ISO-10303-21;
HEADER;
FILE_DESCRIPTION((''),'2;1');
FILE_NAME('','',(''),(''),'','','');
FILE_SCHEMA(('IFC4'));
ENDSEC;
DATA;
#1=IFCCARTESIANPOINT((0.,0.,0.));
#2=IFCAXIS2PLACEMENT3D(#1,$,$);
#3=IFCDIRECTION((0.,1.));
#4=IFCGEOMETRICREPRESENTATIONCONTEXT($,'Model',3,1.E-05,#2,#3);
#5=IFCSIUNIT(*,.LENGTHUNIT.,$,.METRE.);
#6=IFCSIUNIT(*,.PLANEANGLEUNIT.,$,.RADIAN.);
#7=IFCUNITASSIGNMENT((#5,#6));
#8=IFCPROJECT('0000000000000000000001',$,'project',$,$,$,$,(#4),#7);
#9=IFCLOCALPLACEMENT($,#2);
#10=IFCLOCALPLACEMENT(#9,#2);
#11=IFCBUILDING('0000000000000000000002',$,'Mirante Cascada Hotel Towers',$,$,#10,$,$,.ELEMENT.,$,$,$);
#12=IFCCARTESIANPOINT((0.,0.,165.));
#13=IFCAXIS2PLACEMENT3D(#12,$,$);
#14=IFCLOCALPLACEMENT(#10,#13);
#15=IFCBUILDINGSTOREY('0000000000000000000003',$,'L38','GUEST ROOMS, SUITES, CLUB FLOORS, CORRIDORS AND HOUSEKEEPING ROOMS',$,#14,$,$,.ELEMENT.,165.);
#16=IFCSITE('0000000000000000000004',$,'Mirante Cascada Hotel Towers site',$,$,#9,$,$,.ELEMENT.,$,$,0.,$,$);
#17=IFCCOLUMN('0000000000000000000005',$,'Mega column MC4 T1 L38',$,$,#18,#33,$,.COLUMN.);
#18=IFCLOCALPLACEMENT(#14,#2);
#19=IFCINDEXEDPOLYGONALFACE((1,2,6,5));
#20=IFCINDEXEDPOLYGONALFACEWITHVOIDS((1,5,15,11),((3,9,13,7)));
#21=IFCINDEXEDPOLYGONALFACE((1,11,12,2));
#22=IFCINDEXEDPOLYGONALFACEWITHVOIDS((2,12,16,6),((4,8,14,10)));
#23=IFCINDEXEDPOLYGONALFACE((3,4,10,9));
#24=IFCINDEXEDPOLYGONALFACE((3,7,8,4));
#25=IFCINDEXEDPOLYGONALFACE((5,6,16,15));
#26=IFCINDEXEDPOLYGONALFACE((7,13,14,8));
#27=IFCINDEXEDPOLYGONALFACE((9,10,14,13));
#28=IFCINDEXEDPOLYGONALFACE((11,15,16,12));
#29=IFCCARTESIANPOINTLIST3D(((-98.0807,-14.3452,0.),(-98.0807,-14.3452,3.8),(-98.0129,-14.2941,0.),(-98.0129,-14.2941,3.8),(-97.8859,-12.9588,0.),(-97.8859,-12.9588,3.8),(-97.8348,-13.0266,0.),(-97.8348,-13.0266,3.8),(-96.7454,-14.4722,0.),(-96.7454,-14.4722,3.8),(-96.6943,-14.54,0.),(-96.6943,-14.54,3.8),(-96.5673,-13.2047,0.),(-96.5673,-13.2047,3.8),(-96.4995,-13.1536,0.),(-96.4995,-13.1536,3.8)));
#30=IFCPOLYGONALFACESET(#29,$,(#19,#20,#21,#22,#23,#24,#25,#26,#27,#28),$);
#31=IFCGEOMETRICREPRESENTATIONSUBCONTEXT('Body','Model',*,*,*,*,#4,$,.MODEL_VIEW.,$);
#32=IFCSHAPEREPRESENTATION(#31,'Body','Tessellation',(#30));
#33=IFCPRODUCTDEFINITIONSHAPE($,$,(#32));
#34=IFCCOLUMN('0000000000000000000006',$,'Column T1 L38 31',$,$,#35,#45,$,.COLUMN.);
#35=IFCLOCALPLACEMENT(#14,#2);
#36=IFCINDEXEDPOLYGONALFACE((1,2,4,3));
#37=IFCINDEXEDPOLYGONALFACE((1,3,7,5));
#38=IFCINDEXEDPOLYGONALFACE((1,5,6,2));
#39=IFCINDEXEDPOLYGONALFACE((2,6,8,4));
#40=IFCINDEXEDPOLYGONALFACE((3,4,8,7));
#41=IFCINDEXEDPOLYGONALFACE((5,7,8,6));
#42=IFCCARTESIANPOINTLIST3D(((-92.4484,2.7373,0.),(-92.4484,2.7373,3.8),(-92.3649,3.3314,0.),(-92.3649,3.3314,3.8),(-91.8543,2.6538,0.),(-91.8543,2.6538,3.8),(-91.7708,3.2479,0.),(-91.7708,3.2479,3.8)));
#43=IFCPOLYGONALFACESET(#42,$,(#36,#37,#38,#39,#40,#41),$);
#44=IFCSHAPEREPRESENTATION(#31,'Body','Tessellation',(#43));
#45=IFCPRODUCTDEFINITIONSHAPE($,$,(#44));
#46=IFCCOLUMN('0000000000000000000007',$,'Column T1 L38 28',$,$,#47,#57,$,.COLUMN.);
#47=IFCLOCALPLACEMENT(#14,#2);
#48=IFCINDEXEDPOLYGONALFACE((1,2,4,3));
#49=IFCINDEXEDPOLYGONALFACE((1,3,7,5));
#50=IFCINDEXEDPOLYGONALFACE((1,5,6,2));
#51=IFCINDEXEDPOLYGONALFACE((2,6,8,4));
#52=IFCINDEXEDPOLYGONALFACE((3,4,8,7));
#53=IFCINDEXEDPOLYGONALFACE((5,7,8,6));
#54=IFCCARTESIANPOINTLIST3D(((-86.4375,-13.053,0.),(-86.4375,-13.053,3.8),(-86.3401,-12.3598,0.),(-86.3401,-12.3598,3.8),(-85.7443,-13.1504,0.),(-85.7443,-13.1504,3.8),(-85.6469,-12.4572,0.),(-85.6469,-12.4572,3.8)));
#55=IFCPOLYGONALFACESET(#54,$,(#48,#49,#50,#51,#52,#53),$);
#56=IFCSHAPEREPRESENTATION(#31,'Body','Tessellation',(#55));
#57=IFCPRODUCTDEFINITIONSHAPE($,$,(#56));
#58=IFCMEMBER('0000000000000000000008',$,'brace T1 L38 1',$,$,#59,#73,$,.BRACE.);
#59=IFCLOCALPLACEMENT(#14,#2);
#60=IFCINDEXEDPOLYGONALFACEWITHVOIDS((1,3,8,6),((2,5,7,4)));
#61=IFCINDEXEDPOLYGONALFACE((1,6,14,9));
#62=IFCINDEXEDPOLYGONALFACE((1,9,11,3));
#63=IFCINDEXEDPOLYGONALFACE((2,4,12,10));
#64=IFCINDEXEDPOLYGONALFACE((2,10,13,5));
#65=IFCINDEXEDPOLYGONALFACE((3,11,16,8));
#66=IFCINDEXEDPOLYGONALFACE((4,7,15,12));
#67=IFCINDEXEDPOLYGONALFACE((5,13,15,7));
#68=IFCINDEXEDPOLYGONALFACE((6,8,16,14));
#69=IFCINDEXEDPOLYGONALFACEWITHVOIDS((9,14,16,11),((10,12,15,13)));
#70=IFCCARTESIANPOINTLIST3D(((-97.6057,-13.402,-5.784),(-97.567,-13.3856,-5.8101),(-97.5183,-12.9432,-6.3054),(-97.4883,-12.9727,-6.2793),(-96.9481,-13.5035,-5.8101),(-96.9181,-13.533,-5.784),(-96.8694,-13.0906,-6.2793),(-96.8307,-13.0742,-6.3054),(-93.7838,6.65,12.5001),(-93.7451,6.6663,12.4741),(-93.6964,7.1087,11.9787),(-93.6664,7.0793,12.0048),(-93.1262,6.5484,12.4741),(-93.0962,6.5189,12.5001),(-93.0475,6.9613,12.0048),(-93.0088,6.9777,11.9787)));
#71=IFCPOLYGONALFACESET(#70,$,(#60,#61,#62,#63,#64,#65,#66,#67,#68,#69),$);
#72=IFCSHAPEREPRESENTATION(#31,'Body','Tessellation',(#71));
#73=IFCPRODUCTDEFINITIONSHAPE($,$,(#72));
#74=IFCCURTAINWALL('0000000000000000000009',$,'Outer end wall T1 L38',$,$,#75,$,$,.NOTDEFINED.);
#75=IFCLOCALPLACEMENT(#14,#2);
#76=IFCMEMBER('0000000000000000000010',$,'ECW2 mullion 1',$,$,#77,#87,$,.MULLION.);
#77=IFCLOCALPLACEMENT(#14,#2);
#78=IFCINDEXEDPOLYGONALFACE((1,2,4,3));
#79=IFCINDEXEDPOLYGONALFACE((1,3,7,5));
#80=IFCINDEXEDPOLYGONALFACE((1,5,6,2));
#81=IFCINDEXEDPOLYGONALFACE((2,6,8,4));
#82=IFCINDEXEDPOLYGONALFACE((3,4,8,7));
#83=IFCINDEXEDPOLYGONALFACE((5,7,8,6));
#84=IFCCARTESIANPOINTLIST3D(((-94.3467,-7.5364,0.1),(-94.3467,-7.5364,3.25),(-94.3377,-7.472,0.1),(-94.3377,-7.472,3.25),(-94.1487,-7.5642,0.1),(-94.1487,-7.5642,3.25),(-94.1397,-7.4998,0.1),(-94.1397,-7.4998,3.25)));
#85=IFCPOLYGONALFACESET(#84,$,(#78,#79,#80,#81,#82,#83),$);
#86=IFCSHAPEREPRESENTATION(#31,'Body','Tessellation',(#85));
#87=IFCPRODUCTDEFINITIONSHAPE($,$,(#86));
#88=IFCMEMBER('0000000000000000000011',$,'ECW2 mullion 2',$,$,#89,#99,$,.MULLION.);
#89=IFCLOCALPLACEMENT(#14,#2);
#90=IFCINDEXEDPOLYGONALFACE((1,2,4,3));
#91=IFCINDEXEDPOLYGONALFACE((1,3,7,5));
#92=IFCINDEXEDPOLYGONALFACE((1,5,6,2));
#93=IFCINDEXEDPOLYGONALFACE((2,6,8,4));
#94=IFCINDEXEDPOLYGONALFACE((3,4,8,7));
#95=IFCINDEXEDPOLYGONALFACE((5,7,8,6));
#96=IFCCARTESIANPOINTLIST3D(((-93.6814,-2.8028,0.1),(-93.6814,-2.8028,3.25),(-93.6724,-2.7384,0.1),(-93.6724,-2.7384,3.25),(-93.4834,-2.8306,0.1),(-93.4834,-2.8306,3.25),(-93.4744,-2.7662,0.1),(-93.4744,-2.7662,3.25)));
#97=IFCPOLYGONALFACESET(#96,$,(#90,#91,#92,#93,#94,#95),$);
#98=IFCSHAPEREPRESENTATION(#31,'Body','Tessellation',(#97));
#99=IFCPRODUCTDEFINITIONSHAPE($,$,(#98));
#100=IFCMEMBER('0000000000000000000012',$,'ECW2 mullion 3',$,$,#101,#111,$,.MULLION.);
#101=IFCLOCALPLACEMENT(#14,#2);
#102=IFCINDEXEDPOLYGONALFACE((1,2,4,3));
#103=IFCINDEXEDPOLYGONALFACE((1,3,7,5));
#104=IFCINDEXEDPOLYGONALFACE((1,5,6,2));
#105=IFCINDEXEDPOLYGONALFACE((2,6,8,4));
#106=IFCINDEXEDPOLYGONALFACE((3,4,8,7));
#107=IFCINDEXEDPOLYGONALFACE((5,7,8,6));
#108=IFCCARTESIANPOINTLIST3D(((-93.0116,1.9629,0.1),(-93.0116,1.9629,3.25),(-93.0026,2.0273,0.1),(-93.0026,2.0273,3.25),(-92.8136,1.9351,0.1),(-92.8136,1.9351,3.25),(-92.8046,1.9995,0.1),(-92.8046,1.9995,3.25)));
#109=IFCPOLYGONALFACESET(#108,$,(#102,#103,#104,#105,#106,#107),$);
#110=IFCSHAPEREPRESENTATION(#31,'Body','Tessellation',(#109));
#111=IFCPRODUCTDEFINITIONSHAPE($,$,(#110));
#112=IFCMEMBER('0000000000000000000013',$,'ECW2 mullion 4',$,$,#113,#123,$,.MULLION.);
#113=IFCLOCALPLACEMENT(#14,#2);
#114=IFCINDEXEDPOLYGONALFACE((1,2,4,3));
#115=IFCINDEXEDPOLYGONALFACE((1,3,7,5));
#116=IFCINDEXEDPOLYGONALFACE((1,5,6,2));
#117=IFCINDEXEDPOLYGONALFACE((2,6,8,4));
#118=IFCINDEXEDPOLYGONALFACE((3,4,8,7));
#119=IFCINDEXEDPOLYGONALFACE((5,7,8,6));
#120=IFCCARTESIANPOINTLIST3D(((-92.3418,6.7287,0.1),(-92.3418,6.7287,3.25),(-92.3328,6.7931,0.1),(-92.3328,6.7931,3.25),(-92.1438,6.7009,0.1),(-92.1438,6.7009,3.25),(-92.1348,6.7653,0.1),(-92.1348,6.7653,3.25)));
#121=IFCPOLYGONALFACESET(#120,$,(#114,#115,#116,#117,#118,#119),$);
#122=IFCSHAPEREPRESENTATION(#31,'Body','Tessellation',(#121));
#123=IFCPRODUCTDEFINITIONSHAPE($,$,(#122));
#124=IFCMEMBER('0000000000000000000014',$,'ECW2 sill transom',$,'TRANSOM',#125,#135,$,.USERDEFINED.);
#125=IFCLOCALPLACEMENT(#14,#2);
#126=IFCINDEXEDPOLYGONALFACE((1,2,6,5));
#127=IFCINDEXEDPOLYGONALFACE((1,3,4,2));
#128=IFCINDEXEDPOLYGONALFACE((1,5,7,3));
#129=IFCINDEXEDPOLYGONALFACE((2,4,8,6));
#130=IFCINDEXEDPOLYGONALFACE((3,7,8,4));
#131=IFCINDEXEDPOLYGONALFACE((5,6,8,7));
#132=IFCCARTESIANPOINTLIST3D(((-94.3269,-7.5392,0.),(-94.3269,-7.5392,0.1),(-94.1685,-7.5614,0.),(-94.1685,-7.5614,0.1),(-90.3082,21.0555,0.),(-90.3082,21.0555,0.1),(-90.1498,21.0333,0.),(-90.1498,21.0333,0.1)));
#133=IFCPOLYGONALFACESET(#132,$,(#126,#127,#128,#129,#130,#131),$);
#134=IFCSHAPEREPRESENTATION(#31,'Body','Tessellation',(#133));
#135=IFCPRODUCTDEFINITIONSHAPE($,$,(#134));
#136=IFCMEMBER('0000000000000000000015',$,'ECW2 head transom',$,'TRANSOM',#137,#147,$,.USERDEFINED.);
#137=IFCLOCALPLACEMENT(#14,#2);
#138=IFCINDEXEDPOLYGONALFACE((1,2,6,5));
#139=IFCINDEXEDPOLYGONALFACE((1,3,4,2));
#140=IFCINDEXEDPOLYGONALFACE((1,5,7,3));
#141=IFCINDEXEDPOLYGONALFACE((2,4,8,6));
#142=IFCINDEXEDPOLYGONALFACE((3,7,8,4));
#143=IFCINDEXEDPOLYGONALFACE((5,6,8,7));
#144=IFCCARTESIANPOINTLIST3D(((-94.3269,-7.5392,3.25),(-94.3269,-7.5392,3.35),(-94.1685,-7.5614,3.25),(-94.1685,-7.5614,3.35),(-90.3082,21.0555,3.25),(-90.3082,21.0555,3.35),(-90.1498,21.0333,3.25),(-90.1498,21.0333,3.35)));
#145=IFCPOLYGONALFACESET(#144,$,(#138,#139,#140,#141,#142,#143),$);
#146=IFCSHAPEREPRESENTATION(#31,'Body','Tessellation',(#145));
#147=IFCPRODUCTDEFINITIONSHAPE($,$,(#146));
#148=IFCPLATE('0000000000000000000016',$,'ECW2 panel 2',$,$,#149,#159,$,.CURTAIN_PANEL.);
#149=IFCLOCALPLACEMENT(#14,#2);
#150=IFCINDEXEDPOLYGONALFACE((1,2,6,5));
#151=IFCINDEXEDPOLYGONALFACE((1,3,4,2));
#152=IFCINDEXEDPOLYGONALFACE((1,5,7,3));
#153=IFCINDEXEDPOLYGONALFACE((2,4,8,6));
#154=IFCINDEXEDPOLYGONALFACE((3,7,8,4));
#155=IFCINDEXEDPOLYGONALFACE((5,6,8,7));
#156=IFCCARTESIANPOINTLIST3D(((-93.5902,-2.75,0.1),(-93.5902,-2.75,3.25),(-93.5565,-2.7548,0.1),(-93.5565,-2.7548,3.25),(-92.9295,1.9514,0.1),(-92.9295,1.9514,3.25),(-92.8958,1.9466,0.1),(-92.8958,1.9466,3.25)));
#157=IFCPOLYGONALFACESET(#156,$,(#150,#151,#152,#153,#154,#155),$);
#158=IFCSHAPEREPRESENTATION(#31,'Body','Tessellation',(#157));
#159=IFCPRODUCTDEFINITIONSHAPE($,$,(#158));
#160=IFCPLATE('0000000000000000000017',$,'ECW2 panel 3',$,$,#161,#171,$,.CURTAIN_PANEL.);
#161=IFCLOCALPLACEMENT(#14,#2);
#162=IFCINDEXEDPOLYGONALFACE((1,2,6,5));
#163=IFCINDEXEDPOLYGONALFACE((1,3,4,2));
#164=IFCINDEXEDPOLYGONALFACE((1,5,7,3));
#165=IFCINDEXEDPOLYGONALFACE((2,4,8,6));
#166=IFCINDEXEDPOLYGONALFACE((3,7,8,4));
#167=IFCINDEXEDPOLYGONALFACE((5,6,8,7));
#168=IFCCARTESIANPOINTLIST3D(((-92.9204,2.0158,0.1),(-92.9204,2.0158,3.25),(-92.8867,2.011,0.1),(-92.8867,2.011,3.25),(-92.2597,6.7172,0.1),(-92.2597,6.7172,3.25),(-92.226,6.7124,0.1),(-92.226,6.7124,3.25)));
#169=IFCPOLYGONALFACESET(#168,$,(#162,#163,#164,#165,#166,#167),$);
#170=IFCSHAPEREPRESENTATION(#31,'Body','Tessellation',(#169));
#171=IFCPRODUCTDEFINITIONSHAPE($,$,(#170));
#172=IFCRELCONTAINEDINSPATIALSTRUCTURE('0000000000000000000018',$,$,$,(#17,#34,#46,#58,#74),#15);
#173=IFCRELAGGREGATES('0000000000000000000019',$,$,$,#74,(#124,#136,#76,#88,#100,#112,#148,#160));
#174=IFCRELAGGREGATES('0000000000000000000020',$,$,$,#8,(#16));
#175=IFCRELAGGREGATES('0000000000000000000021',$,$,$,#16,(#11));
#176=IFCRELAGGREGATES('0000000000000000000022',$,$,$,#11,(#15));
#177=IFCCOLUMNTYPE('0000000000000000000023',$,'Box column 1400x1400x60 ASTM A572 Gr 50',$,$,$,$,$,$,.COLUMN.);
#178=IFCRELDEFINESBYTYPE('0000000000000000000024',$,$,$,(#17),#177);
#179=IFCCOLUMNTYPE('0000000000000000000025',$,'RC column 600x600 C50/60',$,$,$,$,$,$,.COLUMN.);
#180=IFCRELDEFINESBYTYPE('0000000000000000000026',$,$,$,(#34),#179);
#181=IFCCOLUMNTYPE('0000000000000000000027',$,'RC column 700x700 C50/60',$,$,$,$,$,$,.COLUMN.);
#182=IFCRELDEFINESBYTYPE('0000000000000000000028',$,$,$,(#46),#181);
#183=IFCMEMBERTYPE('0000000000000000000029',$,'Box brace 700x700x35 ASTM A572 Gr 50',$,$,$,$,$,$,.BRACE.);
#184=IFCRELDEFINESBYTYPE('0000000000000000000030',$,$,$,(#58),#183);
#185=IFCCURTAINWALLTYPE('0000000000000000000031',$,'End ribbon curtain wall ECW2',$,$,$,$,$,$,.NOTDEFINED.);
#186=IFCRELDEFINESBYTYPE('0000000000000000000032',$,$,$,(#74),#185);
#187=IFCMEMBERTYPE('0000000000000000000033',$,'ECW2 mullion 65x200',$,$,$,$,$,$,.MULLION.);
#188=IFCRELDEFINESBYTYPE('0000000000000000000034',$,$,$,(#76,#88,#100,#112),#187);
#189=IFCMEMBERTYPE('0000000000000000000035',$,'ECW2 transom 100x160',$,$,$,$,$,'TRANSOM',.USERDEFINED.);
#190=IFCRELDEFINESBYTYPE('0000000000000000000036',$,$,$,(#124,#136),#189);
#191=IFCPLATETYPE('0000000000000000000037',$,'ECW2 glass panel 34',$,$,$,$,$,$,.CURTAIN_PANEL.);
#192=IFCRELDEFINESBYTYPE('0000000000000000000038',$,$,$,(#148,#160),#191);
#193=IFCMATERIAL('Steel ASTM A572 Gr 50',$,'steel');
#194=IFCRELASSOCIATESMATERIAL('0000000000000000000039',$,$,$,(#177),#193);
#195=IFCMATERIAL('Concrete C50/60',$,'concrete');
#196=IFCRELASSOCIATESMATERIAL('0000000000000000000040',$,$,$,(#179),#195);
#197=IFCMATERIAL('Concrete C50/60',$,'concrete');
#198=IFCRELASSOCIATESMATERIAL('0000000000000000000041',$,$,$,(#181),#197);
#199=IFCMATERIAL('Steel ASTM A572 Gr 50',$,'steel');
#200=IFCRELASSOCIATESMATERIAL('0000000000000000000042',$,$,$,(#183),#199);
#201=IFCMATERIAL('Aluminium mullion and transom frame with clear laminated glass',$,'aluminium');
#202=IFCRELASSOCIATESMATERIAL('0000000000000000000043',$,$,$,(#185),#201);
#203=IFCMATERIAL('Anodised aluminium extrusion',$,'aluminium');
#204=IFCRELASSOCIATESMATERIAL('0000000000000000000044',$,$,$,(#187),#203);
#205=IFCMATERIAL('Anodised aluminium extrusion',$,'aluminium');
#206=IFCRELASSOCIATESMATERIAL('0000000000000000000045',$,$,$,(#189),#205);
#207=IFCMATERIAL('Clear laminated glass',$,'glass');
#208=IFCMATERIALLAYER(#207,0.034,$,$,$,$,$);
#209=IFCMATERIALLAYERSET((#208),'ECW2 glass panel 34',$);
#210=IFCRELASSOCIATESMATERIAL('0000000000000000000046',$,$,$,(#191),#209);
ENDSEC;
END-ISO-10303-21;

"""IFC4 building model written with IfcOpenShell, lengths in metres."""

from ifc_helpers import new_model, si_unit, direction, frame, origin, origin_2d, place, context, subcontext, project, spatial, rectangle, hollow_rectangle, extrude, material, layer, layer_set, material_profile, profile_set, type_object, element, aggregate, save


model = new_model("IFC4")

# Units and contexts
model_context = context("Model", 3, precision=1e-05, world=origin(), true_north=direction((0.0, 1.0)))
body_context = subcontext(model_context, "Body", "Model", "MODEL_VIEW")
ifc_project = project(units=[si_unit("LENGTHUNIT", "METRE"), si_unit("PLANEANGLEUNIT", "RADIAN")], contexts=[model_context])

# Site, building, storey
site_placement = place(None, origin())
site = spatial("IfcSite", under=ifc_project, at=site_placement, Name="Mirante Cascada Hotel Towers site", CompositionType="ELEMENT", RefElevation=0.0)
building_placement = place(site_placement, origin())
building = spatial("IfcBuilding", under=site, at=building_placement, Name="Mirante Cascada Hotel Towers", CompositionType="ELEMENT")
storey_placement = place(building_placement, frame((0.0, 0.0, 165.0)))
storey = spatial("IfcBuildingStorey", under=building, at=storey_placement, Name="L38", Description="GUEST ROOMS, SUITES, CLUB FLOORS, CORRIDORS AND HOUSEKEEPING ROOMS", CompositionType="ELEMENT", Elevation=165.0)

# Columns
ifc_material_1 = material(Name="Steel ASTM A572 Gr 50", Category="steel")
ifc_material_profile_1 = material_profile(ifc_material_1, hollow_rectangle(XDim=1.4, YDim=1.4, WallThickness=0.06, at=origin_2d()), Name="Box column 1400x1400x60 ASTM A572 Gr 50")
ifc_profile_set_1 = profile_set([ifc_material_profile_1], Name="Steel ASTM A572 Gr 50")
column_type_1 = type_object("IfcColumnType", Name="Box column 1400x1400x60 ASTM A572 Gr 50", PredefinedType="COLUMN", material=ifc_profile_set_1)
column_1_placement = place(storey_placement, frame((-97.2901, -13.7494, 0.0), z_axis=(0.0, 0.0, 1.0), x_axis=(-0.990268, 0.139173, 0.0)))
element("IfcColumn", 1, at=column_1_placement, inside=storey, type_object=column_type_1, Name="Mega column MC4 T1 L38", PredefinedType="COLUMN", context=body_context, shape_type="SweptSolid", body=[
    extrude(hollow_rectangle(XDim=1.4, YDim=1.4, WallThickness=0.06, at=origin_2d()), origin(), (0.0, 0.0, 1.0), 3.8),
])
ifc_material_2 = material(Name="Concrete C50/60", Category="concrete")
ifc_material_profile_2 = material_profile(ifc_material_2, rectangle(XDim=0.6, YDim=0.6, at=origin_2d()), Name="RC column 600x600 C50/60")
ifc_profile_set_2 = profile_set([ifc_material_profile_2], Name="Concrete C50/60")
column_type_2 = type_object("IfcColumnType", Name="RC column 600x600 C50/60", PredefinedType="COLUMN", material=ifc_profile_set_2)
column_2_placement = place(storey_placement, frame((-92.1096, 2.9926, 0.0), z_axis=(0.0, 0.0, 1.0), x_axis=(-0.990268, 0.139173, 0.0)))
element("IfcColumn", 2, at=column_2_placement, inside=storey, type_object=column_type_2, Name="Column T1 L38 31", PredefinedType="COLUMN", context=body_context, shape_type="SweptSolid", body=[
    extrude(rectangle(XDim=0.6, YDim=0.6, at=origin_2d()), origin(), (0.0, 0.0, 1.0), 3.8),
])
ifc_material_3 = material(Name="Concrete C50/60", Category="concrete")
ifc_material_profile_3 = material_profile(ifc_material_3, rectangle(XDim=0.7, YDim=0.7, at=origin_2d()), Name="RC column 700x700 C50/60")
ifc_profile_set_3 = profile_set([ifc_material_profile_3], Name="Concrete C50/60")
column_type_3 = type_object("IfcColumnType", Name="RC column 700x700 C50/60", PredefinedType="COLUMN", material=ifc_profile_set_3)
column_3_placement = place(storey_placement, frame((-86.0422, -12.7551, 0.0), z_axis=(0.0, 0.0, 1.0), x_axis=(-0.990268, 0.139173, 0.0)))
element("IfcColumn", 3, at=column_3_placement, inside=storey, type_object=column_type_3, Name="Column T1 L38 28", PredefinedType="COLUMN", context=body_context, shape_type="SweptSolid", body=[
    extrude(rectangle(XDim=0.7, YDim=0.7, at=origin_2d()), origin(), (0.0, 0.0, 1.0), 3.8),
])

# Member
ifc_material_4 = material(Name="Steel ASTM A572 Gr 50", Category="steel")
ifc_material_profile_4 = material_profile(ifc_material_4, hollow_rectangle(XDim=0.7, YDim=0.7, WallThickness=0.035, at=origin_2d()), Name="Box brace 700x700x35 ASTM A572 Gr 50")
ifc_profile_set_4 = profile_set([ifc_material_profile_4], Name="Steel ASTM A572 Gr 50")
member_type_1 = type_object("IfcMemberType", Name="Box brace 700x700x35 ASTM A572 Gr 50", PredefinedType="BRACE", material=ifc_profile_set_4)
member_1_placement = place(storey_placement, frame((-97.2182, -13.2381, -6.0447), z_axis=(0.139464, 0.731707, 0.667199), x_axis=(-0.982316, 0.18723, 0.0)))
element("IfcMember", 4, at=member_1_placement, inside=storey, type_object=member_type_1, Name="brace T1 L38 1", PredefinedType="BRACE", context=body_context, shape_type="SweptSolid", body=[
    extrude(hollow_rectangle(XDim=0.7, YDim=0.7, WallThickness=0.035, at=origin_2d()), origin(), (0.0, 0.0, 1.0), 27.4043),
])

# Curtain wall, members, plates
ifc_material_5 = material(Name="Aluminium mullion and transom frame with clear laminated glass", Category="aluminium")
curtain_wall_type = type_object("IfcCurtainWallType", Name="End ribbon curtain wall ECW2", PredefinedType="NOTDEFINED", material=ifc_material_5)
curtain_wall_placement = place(storey_placement, origin())
curtain_wall = element("IfcCurtainWall", 5, at=curtain_wall_placement, inside=storey, type_object=curtain_wall_type, Name="Outer end wall T1 L38", PredefinedType="NOTDEFINED")
ifc_material_6 = material(Name="Anodised aluminium extrusion", Category="aluminium")
ifc_material_profile_5 = material_profile(ifc_material_6, rectangle(XDim=0.2, YDim=0.065, at=origin_2d()), Name="ECW2 MULLION 65x200")
ifc_profile_set_5 = profile_set([ifc_material_profile_5], Name="Anodised aluminium extrusion")
member_type_2 = type_object("IfcMemberType", Name="ECW2 mullion 65x200", PredefinedType="MULLION", material=ifc_profile_set_5)
member_2_placement = place(storey_placement, frame((-94.2432, -7.5181, 0.1), z_axis=(0.0, 0.0, 1.0), x_axis=(-0.990268, 0.139173, 0.0)))
member_2 = element("IfcMember", 6, at=member_2_placement, type_object=member_type_2, Name="ECW2 mullion 1", PredefinedType="MULLION", context=body_context, shape_type="SweptSolid", body=[
    extrude(rectangle(XDim=0.2, YDim=0.065, at=origin_2d()), origin(), (0.0, 0.0, 1.0), 3.15),
])
member_3_placement = place(storey_placement, frame((-93.5779, -2.7845, 0.1), z_axis=(0.0, 0.0, 1.0), x_axis=(-0.990268, 0.139173, 0.0)))
member_3 = element("IfcMember", 7, at=member_3_placement, type_object=member_type_2, Name="ECW2 mullion 2", PredefinedType="MULLION", context=body_context, shape_type="SweptSolid", body=[
    extrude(rectangle(XDim=0.2, YDim=0.065, at=origin_2d()), origin(), (0.0, 0.0, 1.0), 3.15),
])
member_4_placement = place(storey_placement, frame((-92.9081, 1.9812, 0.1), z_axis=(0.0, 0.0, 1.0), x_axis=(-0.990268, 0.139173, 0.0)))
member_4 = element("IfcMember", 8, at=member_4_placement, type_object=member_type_2, Name="ECW2 mullion 3", PredefinedType="MULLION", context=body_context, shape_type="SweptSolid", body=[
    extrude(rectangle(XDim=0.2, YDim=0.065, at=origin_2d()), origin(), (0.0, 0.0, 1.0), 3.15),
])
member_5_placement = place(storey_placement, frame((-92.2383, 6.747, 0.1), z_axis=(0.0, 0.0, 1.0), x_axis=(-0.990268, 0.139173, 0.0)))
member_5 = element("IfcMember", 9, at=member_5_placement, type_object=member_type_2, Name="ECW2 mullion 4", PredefinedType="MULLION", context=body_context, shape_type="SweptSolid", body=[
    extrude(rectangle(XDim=0.2, YDim=0.065, at=origin_2d()), origin(), (0.0, 0.0, 1.0), 3.15),
])
ifc_material_7 = material(Name="Anodised aluminium extrusion", Category="aluminium")
ifc_material_profile_6 = material_profile(ifc_material_7, rectangle(XDim=0.16, YDim=0.1, at=origin_2d()), Name="ECW2 TRANSOM 100x160")
ifc_profile_set_6 = profile_set([ifc_material_profile_6], Name="Anodised aluminium extrusion")
member_type_3 = type_object("IfcMemberType", Name="ECW2 transom 100x160", ElementType="TRANSOM", PredefinedType="USERDEFINED", material=ifc_profile_set_6)
member_6_placement = place(storey_placement, frame((-94.2477, -7.5503, 0.05), z_axis=(0.139172, 0.990268, 0.0), x_axis=(-0.990268, 0.139172, 0.0)))
member_6 = element("IfcMember", 10, at=member_6_placement, type_object=member_type_3, Name="ECW2 sill transom", ObjectType="TRANSOM", PredefinedType="USERDEFINED", context=body_context, shape_type="SweptSolid", body=[
    extrude(rectangle(XDim=0.16, YDim=0.1, at=origin_2d()), origin(), (0.0, 0.0, 1.0), 28.8757),
])
member_7_placement = place(storey_placement, frame((-94.2477, -7.5503, 3.3), z_axis=(0.139172, 0.990268, 0.0), x_axis=(-0.990268, 0.139172, 0.0)))
member_7 = element("IfcMember", 11, at=member_7_placement, type_object=member_type_3, Name="ECW2 head transom", ObjectType="TRANSOM", PredefinedType="USERDEFINED", context=body_context, shape_type="SweptSolid", body=[
    extrude(rectangle(XDim=0.16, YDim=0.1, at=origin_2d()), origin(), (0.0, 0.0, 1.0), 28.8757),
])
ifc_material_8 = material(Name="Clear laminated glass", Category="glass")
ifc_layer_1 = layer(ifc_material_8, 0.034)
ifc_layer_set_1 = layer_set([ifc_layer_1], Name="ECW2 glass panel 34")
plate_type_1 = type_object("IfcPlateType", Name="ECW2 glass panel 34", PredefinedType="CURTAIN_PANEL", material=ifc_layer_set_1)
plate_1_placement = place(storey_placement, frame((-93.243, -0.4017, 0.1), z_axis=(0.0, 0.0, 1.0), x_axis=(0.139173, 0.990268, 0.0)))
plate_1 = element("IfcPlate", 12, at=plate_1_placement, type_object=plate_type_1, Name="ECW2 panel 2", PredefinedType="CURTAIN_PANEL", context=body_context, shape_type="SweptSolid", body=[
    extrude(rectangle(XDim=4.7476, YDim=0.034, at=origin_2d()), origin(), (0.0, 0.0, 1.0), 3.15),
])
plate_2_placement = place(storey_placement, frame((-92.5732, 4.3641, 0.1), z_axis=(0.0, 0.0, 1.0), x_axis=(0.139173, 0.990268, 0.0)))
plate_2 = element("IfcPlate", 13, at=plate_2_placement, type_object=plate_type_1, Name="ECW2 panel 3", PredefinedType="CURTAIN_PANEL", context=body_context, shape_type="SweptSolid", body=[
    extrude(rectangle(XDim=4.7476, YDim=0.034, at=origin_2d()), origin(), (0.0, 0.0, 1.0), 3.15),
])
aggregate(curtain_wall, [member_6, member_7, member_2, member_3, member_4, member_5, plate_1, plate_2])

save(model, "model.ifc")
